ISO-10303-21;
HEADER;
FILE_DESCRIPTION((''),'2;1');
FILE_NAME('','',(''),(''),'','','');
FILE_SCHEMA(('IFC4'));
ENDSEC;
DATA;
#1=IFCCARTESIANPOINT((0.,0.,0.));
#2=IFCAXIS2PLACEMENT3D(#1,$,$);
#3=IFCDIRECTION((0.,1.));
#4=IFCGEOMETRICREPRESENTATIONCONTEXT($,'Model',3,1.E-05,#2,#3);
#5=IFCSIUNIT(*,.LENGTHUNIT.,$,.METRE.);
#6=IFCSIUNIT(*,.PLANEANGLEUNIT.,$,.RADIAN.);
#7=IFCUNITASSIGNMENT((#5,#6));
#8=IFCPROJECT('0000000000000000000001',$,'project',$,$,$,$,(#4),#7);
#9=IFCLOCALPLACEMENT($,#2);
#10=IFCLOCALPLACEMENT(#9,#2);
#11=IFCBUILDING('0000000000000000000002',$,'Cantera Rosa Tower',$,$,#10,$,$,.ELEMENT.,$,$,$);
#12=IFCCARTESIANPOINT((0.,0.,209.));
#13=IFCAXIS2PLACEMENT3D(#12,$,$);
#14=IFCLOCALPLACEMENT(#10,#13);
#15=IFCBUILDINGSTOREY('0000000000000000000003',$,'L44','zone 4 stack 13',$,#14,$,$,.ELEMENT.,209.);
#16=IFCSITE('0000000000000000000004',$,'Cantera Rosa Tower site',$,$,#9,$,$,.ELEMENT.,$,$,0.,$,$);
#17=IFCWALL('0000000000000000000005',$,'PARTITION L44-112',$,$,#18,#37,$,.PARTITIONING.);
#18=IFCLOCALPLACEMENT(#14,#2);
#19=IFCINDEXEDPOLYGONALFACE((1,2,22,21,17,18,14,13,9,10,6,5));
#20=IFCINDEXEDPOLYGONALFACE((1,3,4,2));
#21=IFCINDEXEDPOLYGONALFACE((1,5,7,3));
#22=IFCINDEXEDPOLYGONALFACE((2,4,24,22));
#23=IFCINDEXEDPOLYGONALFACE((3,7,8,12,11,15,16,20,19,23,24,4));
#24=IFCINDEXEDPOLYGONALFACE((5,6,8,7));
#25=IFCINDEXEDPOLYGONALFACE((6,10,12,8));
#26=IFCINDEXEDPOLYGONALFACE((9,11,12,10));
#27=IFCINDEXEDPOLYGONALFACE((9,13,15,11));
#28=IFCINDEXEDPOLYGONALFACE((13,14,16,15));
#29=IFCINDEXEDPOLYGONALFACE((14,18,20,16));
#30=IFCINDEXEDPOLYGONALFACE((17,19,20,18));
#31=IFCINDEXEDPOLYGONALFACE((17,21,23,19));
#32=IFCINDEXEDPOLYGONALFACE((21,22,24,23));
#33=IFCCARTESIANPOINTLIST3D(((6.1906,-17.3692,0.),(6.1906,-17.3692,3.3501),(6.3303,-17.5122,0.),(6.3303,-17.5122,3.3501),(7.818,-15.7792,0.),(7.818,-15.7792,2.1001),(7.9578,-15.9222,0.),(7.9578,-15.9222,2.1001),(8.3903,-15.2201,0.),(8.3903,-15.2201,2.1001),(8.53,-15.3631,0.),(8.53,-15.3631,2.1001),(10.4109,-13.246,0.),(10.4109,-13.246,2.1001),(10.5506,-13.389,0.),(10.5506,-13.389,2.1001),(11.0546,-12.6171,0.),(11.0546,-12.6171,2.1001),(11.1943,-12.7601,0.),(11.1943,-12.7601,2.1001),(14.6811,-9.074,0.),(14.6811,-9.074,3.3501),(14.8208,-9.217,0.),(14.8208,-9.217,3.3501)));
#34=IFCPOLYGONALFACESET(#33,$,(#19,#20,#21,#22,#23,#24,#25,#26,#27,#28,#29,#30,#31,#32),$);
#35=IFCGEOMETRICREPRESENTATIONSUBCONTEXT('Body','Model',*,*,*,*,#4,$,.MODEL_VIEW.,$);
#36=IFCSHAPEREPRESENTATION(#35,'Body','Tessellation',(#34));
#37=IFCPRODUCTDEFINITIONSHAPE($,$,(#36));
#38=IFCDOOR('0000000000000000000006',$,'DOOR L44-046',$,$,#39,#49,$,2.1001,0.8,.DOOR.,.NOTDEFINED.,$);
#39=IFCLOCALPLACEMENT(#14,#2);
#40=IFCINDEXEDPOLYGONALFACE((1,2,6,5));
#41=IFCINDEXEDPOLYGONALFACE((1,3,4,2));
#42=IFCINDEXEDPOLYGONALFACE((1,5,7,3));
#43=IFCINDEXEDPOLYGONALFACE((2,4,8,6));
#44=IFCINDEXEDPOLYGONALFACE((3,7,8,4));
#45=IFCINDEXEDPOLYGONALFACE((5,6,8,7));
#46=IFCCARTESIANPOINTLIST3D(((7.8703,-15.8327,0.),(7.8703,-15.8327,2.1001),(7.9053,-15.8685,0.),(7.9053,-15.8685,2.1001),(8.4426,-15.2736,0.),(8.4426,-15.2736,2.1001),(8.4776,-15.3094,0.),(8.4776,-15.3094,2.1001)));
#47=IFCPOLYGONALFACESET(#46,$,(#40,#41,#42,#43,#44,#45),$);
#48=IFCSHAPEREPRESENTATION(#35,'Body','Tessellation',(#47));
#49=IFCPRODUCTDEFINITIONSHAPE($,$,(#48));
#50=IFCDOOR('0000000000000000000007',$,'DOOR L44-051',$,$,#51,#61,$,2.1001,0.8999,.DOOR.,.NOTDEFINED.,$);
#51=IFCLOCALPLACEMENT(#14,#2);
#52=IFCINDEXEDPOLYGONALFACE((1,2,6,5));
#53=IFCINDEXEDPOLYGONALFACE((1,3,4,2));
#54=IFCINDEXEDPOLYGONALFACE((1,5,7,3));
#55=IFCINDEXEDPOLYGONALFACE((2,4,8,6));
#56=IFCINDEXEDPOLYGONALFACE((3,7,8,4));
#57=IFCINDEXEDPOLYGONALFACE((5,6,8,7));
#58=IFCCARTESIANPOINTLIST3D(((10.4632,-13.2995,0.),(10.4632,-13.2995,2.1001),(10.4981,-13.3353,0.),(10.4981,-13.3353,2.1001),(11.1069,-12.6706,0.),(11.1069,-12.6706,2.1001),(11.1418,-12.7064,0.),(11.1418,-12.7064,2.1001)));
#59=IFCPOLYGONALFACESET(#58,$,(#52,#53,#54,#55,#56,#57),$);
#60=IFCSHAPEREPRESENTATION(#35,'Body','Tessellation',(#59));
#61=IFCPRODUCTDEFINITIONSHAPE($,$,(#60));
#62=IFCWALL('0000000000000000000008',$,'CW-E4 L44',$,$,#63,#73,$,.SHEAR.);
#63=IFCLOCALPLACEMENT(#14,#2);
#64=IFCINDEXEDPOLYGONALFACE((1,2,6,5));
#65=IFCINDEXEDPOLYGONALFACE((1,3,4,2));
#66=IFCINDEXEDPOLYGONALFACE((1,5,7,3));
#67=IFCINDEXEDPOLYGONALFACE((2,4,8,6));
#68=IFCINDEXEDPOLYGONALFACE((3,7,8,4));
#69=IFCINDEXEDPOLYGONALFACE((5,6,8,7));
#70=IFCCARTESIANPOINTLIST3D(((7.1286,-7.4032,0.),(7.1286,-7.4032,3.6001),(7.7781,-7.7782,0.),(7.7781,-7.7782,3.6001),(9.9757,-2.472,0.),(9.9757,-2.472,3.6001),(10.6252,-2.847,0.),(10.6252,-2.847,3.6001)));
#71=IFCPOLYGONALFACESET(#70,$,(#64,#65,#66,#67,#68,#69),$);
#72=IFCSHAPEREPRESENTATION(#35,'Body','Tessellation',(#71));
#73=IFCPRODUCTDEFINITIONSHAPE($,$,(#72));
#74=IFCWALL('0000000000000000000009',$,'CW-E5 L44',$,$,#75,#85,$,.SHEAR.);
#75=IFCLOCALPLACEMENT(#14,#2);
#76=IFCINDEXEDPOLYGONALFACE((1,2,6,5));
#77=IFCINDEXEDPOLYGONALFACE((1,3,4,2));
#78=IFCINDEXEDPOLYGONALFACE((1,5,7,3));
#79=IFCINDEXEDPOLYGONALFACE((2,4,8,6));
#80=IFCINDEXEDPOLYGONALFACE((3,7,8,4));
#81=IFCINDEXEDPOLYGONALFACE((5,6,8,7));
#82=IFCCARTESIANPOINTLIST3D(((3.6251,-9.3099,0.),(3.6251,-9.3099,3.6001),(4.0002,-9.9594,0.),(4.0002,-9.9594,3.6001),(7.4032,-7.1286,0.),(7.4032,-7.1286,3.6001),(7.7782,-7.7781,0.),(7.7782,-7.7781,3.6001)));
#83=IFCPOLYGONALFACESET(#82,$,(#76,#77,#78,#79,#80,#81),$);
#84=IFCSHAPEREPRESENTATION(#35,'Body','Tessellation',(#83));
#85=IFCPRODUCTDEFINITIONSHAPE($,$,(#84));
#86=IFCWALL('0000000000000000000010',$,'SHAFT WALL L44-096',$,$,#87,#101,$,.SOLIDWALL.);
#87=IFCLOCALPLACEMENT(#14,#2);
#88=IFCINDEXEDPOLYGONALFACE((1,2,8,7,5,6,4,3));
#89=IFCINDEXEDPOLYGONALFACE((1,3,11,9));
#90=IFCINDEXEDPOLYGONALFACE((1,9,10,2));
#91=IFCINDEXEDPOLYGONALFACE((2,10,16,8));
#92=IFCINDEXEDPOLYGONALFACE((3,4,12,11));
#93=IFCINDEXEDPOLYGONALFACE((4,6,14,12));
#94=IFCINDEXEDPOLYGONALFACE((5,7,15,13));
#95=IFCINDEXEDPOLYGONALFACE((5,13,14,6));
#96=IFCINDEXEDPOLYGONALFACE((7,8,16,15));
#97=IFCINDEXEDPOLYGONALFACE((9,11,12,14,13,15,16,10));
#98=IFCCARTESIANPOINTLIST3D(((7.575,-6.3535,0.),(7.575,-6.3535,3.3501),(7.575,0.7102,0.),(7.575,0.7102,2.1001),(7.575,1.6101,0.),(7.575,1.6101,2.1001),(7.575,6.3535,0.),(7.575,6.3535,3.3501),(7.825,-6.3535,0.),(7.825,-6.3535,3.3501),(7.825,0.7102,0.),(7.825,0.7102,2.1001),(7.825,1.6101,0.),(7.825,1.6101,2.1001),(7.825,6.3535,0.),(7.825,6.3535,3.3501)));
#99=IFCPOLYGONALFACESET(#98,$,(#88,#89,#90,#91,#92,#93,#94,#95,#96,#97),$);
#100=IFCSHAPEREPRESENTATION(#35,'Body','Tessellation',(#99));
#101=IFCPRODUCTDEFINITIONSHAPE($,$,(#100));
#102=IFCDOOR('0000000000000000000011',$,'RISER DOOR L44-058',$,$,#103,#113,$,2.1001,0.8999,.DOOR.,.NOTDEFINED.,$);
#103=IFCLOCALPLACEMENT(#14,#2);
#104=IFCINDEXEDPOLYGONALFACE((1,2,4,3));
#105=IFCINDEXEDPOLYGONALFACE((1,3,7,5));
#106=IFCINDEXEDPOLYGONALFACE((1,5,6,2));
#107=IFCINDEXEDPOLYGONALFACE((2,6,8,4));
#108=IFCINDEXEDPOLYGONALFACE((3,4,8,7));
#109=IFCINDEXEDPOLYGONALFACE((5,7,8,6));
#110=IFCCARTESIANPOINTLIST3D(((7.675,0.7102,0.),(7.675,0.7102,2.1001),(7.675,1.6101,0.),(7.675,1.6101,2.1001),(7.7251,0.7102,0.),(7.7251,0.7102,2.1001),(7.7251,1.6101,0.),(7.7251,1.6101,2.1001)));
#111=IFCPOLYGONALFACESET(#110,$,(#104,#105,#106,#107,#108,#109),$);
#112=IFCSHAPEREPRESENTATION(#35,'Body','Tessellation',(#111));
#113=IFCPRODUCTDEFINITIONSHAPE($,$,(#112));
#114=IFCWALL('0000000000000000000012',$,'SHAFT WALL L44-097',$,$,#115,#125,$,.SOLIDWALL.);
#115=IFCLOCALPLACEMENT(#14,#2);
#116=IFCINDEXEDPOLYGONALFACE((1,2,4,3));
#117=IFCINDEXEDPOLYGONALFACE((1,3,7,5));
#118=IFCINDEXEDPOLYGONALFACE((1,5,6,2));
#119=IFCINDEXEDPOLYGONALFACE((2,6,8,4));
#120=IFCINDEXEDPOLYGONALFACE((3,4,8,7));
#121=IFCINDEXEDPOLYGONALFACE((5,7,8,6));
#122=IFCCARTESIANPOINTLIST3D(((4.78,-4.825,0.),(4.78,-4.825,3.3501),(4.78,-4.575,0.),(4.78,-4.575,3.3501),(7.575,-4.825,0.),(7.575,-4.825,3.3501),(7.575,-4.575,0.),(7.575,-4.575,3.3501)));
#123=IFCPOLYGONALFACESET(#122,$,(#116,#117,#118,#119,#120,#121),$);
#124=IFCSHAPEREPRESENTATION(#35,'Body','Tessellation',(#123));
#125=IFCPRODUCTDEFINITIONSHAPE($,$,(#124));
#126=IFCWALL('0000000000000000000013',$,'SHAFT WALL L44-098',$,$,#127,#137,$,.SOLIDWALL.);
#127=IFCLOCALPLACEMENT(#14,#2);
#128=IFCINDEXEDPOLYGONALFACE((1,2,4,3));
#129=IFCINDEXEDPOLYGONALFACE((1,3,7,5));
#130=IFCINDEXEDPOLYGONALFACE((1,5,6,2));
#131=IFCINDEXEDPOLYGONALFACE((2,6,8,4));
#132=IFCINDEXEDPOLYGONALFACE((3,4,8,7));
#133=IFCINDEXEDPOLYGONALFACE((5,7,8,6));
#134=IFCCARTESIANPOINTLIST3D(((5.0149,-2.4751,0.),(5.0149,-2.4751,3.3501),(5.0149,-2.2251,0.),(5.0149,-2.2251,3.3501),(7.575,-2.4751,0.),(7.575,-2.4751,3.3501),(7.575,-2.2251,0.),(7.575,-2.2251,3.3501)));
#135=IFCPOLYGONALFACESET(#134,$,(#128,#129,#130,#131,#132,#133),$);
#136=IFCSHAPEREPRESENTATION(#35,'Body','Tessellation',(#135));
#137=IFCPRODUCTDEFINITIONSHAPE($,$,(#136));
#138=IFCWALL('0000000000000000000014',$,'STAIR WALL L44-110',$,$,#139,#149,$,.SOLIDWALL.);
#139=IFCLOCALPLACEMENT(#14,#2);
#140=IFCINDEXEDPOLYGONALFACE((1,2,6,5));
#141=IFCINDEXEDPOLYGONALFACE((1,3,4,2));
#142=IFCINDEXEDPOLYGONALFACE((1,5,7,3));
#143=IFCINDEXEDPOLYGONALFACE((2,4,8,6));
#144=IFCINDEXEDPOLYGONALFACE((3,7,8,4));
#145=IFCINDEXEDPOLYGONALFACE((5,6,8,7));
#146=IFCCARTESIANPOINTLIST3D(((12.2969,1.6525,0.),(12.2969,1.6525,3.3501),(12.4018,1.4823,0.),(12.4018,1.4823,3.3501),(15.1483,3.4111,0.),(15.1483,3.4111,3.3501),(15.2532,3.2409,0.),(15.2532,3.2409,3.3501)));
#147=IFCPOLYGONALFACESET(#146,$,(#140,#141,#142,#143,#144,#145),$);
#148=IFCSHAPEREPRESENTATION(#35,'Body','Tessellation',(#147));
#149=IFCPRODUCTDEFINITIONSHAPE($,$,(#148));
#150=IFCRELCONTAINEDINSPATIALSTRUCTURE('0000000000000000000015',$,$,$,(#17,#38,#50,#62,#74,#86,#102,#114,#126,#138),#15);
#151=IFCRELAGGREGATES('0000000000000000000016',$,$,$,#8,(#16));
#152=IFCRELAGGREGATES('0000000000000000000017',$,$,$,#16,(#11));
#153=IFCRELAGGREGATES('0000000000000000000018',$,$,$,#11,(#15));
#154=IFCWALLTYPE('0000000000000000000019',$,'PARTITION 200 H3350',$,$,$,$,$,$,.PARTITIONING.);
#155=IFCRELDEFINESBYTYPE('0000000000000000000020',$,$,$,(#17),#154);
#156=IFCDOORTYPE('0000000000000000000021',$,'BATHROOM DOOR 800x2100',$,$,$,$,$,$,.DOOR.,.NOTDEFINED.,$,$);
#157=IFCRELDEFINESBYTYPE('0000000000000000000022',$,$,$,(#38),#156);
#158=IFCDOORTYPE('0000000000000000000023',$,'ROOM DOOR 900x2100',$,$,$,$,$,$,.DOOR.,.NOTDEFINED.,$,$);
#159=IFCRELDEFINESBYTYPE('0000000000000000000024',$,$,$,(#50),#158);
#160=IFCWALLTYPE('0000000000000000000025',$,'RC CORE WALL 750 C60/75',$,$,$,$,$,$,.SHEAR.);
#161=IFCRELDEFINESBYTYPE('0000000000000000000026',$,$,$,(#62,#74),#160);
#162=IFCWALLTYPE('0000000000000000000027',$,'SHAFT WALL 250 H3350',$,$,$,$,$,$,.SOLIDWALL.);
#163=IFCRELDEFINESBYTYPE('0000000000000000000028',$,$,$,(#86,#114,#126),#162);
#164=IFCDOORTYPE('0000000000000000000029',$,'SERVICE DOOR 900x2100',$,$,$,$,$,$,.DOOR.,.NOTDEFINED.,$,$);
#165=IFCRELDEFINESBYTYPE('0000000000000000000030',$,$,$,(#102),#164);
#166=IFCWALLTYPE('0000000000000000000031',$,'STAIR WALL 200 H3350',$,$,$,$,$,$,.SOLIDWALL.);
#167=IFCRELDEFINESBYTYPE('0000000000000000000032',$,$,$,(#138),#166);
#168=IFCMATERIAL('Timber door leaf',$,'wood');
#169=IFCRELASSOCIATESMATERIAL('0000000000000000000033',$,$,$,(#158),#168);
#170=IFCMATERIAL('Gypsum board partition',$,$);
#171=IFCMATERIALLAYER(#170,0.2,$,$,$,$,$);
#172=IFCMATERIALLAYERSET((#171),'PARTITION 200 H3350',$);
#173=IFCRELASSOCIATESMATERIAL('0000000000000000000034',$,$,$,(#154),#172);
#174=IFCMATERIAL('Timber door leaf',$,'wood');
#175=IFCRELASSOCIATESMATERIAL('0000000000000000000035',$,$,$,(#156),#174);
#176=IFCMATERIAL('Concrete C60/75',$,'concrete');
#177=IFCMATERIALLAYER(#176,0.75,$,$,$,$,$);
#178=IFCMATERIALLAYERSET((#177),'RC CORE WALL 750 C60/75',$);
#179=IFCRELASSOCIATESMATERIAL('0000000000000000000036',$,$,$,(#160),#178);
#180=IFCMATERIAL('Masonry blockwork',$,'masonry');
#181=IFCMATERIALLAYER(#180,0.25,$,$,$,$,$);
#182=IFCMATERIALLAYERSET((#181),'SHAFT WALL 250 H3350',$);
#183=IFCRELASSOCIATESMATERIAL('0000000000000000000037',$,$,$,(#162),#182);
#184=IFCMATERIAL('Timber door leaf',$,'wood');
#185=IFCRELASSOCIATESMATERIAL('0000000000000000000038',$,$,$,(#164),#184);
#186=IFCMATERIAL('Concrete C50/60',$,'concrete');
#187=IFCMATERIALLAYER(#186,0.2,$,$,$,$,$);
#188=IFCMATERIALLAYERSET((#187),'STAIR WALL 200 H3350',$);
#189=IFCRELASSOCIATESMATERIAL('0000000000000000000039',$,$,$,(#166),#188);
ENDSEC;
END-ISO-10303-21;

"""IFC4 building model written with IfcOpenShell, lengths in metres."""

from ifc_helpers import new_model, si_unit, direction, frame, frame_2d, origin, place, context, subcontext, project, spatial, rectangle, extrude, material, layer, layer_set, type_object, element, fill, save


model = new_model("IFC4")

# Units and contexts
model_context = context("Model", 3, precision=1e-05, world=origin(), true_north=direction((0.0, 1.0)))
body_context = subcontext(model_context, "Body", "Model", "MODEL_VIEW")
ifc_project = project(units=[si_unit("LENGTHUNIT", "METRE"), si_unit("PLANEANGLEUNIT", "RADIAN")], contexts=[model_context])

# Site, building, storey
site_placement = place(None, origin())
site = spatial("IfcSite", under=ifc_project, at=site_placement, Name="Cantera Rosa Tower site", CompositionType="ELEMENT", RefElevation=0.0)
building_placement = place(site_placement, origin())
building = spatial("IfcBuilding", under=site, at=building_placement, Name="Cantera Rosa Tower", CompositionType="ELEMENT")
storey_placement = place(building_placement, frame((0.0, 0.0, 209.0)))
storey = spatial("IfcBuildingStorey", under=building, at=storey_placement, Name="L44", Description="zone 4 stack 13", CompositionType="ELEMENT", Elevation=209.0)

# Shared definitions
ifc_material_1 = material(Name="Timber door leaf", Category="wood")
door_type_1 = type_object("IfcDoorType", Name="ROOM DOOR 900x2100", OperationType="NOTDEFINED", PredefinedType="DOOR", material=ifc_material_1)

# Shared definitions
ifc_material_2 = material(Name="Gypsum board partition")
ifc_layer_1 = layer(ifc_material_2, 0.2)
ifc_layer_set_1 = layer_set([ifc_layer_1], Name="PARTITION 200 H3350")
wall_type_1 = type_object("IfcWallType", Name="PARTITION 200 H3350", PredefinedType="PARTITIONING", material=ifc_layer_set_1)

# Wall, openings, doors
wall_1_placement = place(storey_placement, frame((14.751, -9.1455, 0.0), z_axis=(0.0, 0.0, 1.0), x_axis=(-0.715286, -0.698832, 0.0)))
wall_1 = element("IfcWall", 1, at=wall_1_placement, inside=storey, type_object=wall_type_1, Name="PARTITION L44-112", PredefinedType="PARTITIONING", context=body_context, shape_type="SweptSolid", body=[
    extrude(rectangle(XDim=11.8701, YDim=0.2, at=frame_2d((5.9351, 0.0))), origin(), (0.0, 0.0, 1.0), 3.3501),
])
opening_1_placement = place(wall_1_placement, frame((8.7949, 0.0, 0.0)))
opening_1 = element("IfcOpeningElement", 2, at=opening_1_placement, cuts=wall_1, PredefinedType="OPENING", context=body_context, shape_type="SweptSolid", body=[
    extrude(rectangle(XDim=0.8, YDim=2.1001, at=frame_2d((0.3999, 1.05))), frame((0.0, 0.1099, 0.0), z_axis=(0.0, -1.0, 0.0), x_axis=(1.0, 0.0, 0.0)), (0.0, 0.0, 1.0), 0.22),
])
opening_2_placement = place(wall_1_placement, frame((5.0701, 0.0, 0.0)))
opening_2 = element("IfcOpeningElement", 3, at=opening_2_placement, cuts=wall_1, PredefinedType="OPENING", context=body_context, shape_type="SweptSolid", body=[
    extrude(rectangle(XDim=0.8999, YDim=2.1001, at=frame_2d((0.45, 1.05))), frame((0.0, 0.1099, 0.0), z_axis=(0.0, -1.0, 0.0), x_axis=(1.0, 0.0, 0.0)), (0.0, 0.0, 1.0), 0.22),
])
ifc_material_3 = material(Name="Timber door leaf", Category="wood")
door_type_2 = type_object("IfcDoorType", Name="BATHROOM DOOR 800x2100", OperationType="NOTDEFINED", PredefinedType="DOOR", material=ifc_material_3)
door_1_placement = place(opening_1_placement, origin())
door_1 = element("IfcDoor", 4, at=door_1_placement, inside=storey, type_object=door_type_2, Name="DOOR L44-046", OperationType="NOTDEFINED", OverallHeight=2.1001, OverallWidth=0.8, PredefinedType="DOOR", context=body_context, shape_type="SweptSolid", body=[
    extrude(rectangle(XDim=0.8, YDim=2.1001, at=frame_2d((0.3999, 1.05))), frame((0.0, 0.0249, 0.0), z_axis=(0.0, -1.0, 0.0), x_axis=(1.0, 0.0, 0.0)), (0.0, 0.0, 1.0), 0.05),
])
fill(opening_1, door_1)
door_2_placement = place(opening_2_placement, origin())
door_2 = element("IfcDoor", 5, at=door_2_placement, inside=storey, type_object=door_type_1, Name="DOOR L44-051", OperationType="NOTDEFINED", OverallHeight=2.1001, OverallWidth=0.8999, PredefinedType="DOOR", context=body_context, shape_type="SweptSolid", body=[
    extrude(rectangle(XDim=0.8999, YDim=2.1001, at=frame_2d((0.45, 1.05))), frame((0.0, 0.0249, 0.0), z_axis=(0.0, -1.0, 0.0), x_axis=(1.0, 0.0, 0.0)), (0.0, 0.0, 1.0), 0.05),
])
fill(opening_2, door_2)

# Walls
ifc_material_4 = material(Name="Concrete C60/75", Category="concrete")
ifc_layer_2 = layer(ifc_material_4, 0.75)
ifc_layer_set_2 = layer_set([ifc_layer_2], Name="RC CORE WALL 750 C60/75")
wall_type_2 = type_object("IfcWallType", Name="RC CORE WALL 750 C60/75", PredefinedType="SHEAR", material=ifc_layer_set_2)
wall_2_placement = place(storey_placement, frame((10.3005, -2.6594, 0.0), z_axis=(0.0, 0.0, 1.0), x_axis=(-0.500022, -0.866013, 0.0)))
element("IfcWall", 6, at=wall_2_placement, inside=storey, type_object=wall_type_2, Name="CW-E4 L44", PredefinedType="SHEAR", context=body_context, shape_type="SweptSolid", body=[
    extrude(rectangle(XDim=5.6941, YDim=0.75, at=frame_2d((2.8472, 0.0))), origin(), (0.0, 0.0, 1.0), 3.6001),
])
wall_3_placement = place(storey_placement, frame((7.5906, -7.4534, 0.0), z_axis=(0.0, 0.0, 1.0), x_axis=(-0.866013, -0.500021, 0.0)))
element("IfcWall", 7, at=wall_3_placement, inside=storey, type_object=wall_type_2, Name="CW-E5 L44", PredefinedType="SHEAR", context=body_context, shape_type="SweptSolid", body=[
    extrude(rectangle(XDim=4.3625, YDim=0.75, at=frame_2d((2.1812, 0.0))), origin(), (0.0, 0.0, 1.0), 3.6001),
])

# Wall, opening, door
ifc_material_5 = material(Name="Masonry blockwork", Category="masonry")
ifc_layer_3 = layer(ifc_material_5, 0.25)
ifc_layer_set_3 = layer_set([ifc_layer_3], Name="SHAFT WALL 250 H3350")
wall_type_3 = type_object("IfcWallType", Name="SHAFT WALL 250 H3350", PredefinedType="SOLIDWALL", material=ifc_layer_set_3)
wall_4_placement = place(storey_placement, frame((7.7, -6.3535, 0.0), z_axis=(0.0, 0.0, 1.0), x_axis=(0.0, 1.0, 0.0)))
wall_4 = element("IfcWall", 8, at=wall_4_placement, inside=storey, type_object=wall_type_3, Name="SHAFT WALL L44-096", PredefinedType="SOLIDWALL", context=body_context, shape_type="SweptSolid", body=[
    extrude(rectangle(XDim=12.707, YDim=0.25, at=frame_2d((6.3535, 0.0))), origin(), (0.0, 0.0, 1.0), 3.3501),
])
opening_3_placement = place(wall_4_placement, frame((7.0637, 0.0, 0.0)))
opening_3 = element("IfcOpeningElement", 9, at=opening_3_placement, cuts=wall_4, PredefinedType="OPENING", context=body_context, shape_type="SweptSolid", body=[
    extrude(rectangle(XDim=0.8999, YDim=2.1001, at=frame_2d((0.45, 1.05))), frame((0.0, 0.135, 0.0), z_axis=(0.0, -1.0, 0.0), x_axis=(1.0, 0.0, 0.0)), (0.0, 0.0, 1.0), 0.27),
])
ifc_material_6 = material(Name="Timber door leaf", Category="wood")
door_type_3 = type_object("IfcDoorType", Name="SERVICE DOOR 900x2100", OperationType="NOTDEFINED", PredefinedType="DOOR", material=ifc_material_6)
door_3_placement = place(opening_3_placement, origin())
door_3 = element("IfcDoor", 10, at=door_3_placement, inside=storey, type_object=door_type_3, Name="RISER DOOR L44-058", OperationType="NOTDEFINED", OverallHeight=2.1001, OverallWidth=0.8999, PredefinedType="DOOR", context=body_context, shape_type="SweptSolid", body=[
    extrude(rectangle(XDim=0.8999, YDim=2.1001, at=frame_2d((0.45, 1.05))), frame((0.0, 0.0249, 0.0), z_axis=(0.0, -1.0, 0.0), x_axis=(1.0, 0.0, 0.0)), (0.0, 0.0, 1.0), 0.05),
])
fill(opening_3, door_3)

# Walls
wall_5_placement = place(storey_placement, frame((7.575, -4.7, 0.0), z_axis=(0.0, 0.0, 1.0), x_axis=(-1.0, 0.0, 0.0)))
element("IfcWall", 11, at=wall_5_placement, inside=storey, type_object=wall_type_3, Name="SHAFT WALL L44-097", PredefinedType="SOLIDWALL", context=body_context, shape_type="SweptSolid", body=[
    extrude(rectangle(XDim=2.7949, YDim=0.25, at=frame_2d((1.3975, 0.0))), origin(), (0.0, 0.0, 1.0), 3.3501),
])
wall_6_placement = place(storey_placement, frame((7.575, -2.3501, 0.0), z_axis=(0.0, 0.0, 1.0), x_axis=(-1.0, 0.0, 0.0)))
element("IfcWall", 12, at=wall_6_placement, inside=storey, type_object=wall_type_3, Name="SHAFT WALL L44-098", PredefinedType="SOLIDWALL", context=body_context, shape_type="SweptSolid", body=[
    extrude(rectangle(XDim=2.5601, YDim=0.25, at=frame_2d((1.28, 0.0))), origin(), (0.0, 0.0, 1.0), 3.3501),
])
ifc_material_7 = material(Name="Concrete C50/60", Category="concrete")
ifc_layer_4 = layer(ifc_material_7, 0.2)
ifc_layer_set_4 = layer_set([ifc_layer_4], Name="STAIR WALL 200 H3350")
wall_type_4 = type_object("IfcWallType", Name="STAIR WALL 200 H3350", PredefinedType="SOLIDWALL", material=ifc_layer_set_4)
wall_7_placement = place(storey_placement, frame((12.3494, 1.5674, 0.0), z_axis=(0.0, 0.0, 1.0), x_axis=(0.85114, 0.524939, 0.0)))
element("IfcWall", 13, at=wall_7_placement, inside=storey, type_object=wall_type_4, Name="STAIR WALL L44-110", PredefinedType="SOLIDWALL", context=body_context, shape_type="SweptSolid", body=[
    extrude(rectangle(XDim=3.3501, YDim=0.2, at=frame_2d((1.675, 0.0))), origin(), (0.0, 0.0, 1.0), 3.3501),
])

save(model, "model.ifc")
